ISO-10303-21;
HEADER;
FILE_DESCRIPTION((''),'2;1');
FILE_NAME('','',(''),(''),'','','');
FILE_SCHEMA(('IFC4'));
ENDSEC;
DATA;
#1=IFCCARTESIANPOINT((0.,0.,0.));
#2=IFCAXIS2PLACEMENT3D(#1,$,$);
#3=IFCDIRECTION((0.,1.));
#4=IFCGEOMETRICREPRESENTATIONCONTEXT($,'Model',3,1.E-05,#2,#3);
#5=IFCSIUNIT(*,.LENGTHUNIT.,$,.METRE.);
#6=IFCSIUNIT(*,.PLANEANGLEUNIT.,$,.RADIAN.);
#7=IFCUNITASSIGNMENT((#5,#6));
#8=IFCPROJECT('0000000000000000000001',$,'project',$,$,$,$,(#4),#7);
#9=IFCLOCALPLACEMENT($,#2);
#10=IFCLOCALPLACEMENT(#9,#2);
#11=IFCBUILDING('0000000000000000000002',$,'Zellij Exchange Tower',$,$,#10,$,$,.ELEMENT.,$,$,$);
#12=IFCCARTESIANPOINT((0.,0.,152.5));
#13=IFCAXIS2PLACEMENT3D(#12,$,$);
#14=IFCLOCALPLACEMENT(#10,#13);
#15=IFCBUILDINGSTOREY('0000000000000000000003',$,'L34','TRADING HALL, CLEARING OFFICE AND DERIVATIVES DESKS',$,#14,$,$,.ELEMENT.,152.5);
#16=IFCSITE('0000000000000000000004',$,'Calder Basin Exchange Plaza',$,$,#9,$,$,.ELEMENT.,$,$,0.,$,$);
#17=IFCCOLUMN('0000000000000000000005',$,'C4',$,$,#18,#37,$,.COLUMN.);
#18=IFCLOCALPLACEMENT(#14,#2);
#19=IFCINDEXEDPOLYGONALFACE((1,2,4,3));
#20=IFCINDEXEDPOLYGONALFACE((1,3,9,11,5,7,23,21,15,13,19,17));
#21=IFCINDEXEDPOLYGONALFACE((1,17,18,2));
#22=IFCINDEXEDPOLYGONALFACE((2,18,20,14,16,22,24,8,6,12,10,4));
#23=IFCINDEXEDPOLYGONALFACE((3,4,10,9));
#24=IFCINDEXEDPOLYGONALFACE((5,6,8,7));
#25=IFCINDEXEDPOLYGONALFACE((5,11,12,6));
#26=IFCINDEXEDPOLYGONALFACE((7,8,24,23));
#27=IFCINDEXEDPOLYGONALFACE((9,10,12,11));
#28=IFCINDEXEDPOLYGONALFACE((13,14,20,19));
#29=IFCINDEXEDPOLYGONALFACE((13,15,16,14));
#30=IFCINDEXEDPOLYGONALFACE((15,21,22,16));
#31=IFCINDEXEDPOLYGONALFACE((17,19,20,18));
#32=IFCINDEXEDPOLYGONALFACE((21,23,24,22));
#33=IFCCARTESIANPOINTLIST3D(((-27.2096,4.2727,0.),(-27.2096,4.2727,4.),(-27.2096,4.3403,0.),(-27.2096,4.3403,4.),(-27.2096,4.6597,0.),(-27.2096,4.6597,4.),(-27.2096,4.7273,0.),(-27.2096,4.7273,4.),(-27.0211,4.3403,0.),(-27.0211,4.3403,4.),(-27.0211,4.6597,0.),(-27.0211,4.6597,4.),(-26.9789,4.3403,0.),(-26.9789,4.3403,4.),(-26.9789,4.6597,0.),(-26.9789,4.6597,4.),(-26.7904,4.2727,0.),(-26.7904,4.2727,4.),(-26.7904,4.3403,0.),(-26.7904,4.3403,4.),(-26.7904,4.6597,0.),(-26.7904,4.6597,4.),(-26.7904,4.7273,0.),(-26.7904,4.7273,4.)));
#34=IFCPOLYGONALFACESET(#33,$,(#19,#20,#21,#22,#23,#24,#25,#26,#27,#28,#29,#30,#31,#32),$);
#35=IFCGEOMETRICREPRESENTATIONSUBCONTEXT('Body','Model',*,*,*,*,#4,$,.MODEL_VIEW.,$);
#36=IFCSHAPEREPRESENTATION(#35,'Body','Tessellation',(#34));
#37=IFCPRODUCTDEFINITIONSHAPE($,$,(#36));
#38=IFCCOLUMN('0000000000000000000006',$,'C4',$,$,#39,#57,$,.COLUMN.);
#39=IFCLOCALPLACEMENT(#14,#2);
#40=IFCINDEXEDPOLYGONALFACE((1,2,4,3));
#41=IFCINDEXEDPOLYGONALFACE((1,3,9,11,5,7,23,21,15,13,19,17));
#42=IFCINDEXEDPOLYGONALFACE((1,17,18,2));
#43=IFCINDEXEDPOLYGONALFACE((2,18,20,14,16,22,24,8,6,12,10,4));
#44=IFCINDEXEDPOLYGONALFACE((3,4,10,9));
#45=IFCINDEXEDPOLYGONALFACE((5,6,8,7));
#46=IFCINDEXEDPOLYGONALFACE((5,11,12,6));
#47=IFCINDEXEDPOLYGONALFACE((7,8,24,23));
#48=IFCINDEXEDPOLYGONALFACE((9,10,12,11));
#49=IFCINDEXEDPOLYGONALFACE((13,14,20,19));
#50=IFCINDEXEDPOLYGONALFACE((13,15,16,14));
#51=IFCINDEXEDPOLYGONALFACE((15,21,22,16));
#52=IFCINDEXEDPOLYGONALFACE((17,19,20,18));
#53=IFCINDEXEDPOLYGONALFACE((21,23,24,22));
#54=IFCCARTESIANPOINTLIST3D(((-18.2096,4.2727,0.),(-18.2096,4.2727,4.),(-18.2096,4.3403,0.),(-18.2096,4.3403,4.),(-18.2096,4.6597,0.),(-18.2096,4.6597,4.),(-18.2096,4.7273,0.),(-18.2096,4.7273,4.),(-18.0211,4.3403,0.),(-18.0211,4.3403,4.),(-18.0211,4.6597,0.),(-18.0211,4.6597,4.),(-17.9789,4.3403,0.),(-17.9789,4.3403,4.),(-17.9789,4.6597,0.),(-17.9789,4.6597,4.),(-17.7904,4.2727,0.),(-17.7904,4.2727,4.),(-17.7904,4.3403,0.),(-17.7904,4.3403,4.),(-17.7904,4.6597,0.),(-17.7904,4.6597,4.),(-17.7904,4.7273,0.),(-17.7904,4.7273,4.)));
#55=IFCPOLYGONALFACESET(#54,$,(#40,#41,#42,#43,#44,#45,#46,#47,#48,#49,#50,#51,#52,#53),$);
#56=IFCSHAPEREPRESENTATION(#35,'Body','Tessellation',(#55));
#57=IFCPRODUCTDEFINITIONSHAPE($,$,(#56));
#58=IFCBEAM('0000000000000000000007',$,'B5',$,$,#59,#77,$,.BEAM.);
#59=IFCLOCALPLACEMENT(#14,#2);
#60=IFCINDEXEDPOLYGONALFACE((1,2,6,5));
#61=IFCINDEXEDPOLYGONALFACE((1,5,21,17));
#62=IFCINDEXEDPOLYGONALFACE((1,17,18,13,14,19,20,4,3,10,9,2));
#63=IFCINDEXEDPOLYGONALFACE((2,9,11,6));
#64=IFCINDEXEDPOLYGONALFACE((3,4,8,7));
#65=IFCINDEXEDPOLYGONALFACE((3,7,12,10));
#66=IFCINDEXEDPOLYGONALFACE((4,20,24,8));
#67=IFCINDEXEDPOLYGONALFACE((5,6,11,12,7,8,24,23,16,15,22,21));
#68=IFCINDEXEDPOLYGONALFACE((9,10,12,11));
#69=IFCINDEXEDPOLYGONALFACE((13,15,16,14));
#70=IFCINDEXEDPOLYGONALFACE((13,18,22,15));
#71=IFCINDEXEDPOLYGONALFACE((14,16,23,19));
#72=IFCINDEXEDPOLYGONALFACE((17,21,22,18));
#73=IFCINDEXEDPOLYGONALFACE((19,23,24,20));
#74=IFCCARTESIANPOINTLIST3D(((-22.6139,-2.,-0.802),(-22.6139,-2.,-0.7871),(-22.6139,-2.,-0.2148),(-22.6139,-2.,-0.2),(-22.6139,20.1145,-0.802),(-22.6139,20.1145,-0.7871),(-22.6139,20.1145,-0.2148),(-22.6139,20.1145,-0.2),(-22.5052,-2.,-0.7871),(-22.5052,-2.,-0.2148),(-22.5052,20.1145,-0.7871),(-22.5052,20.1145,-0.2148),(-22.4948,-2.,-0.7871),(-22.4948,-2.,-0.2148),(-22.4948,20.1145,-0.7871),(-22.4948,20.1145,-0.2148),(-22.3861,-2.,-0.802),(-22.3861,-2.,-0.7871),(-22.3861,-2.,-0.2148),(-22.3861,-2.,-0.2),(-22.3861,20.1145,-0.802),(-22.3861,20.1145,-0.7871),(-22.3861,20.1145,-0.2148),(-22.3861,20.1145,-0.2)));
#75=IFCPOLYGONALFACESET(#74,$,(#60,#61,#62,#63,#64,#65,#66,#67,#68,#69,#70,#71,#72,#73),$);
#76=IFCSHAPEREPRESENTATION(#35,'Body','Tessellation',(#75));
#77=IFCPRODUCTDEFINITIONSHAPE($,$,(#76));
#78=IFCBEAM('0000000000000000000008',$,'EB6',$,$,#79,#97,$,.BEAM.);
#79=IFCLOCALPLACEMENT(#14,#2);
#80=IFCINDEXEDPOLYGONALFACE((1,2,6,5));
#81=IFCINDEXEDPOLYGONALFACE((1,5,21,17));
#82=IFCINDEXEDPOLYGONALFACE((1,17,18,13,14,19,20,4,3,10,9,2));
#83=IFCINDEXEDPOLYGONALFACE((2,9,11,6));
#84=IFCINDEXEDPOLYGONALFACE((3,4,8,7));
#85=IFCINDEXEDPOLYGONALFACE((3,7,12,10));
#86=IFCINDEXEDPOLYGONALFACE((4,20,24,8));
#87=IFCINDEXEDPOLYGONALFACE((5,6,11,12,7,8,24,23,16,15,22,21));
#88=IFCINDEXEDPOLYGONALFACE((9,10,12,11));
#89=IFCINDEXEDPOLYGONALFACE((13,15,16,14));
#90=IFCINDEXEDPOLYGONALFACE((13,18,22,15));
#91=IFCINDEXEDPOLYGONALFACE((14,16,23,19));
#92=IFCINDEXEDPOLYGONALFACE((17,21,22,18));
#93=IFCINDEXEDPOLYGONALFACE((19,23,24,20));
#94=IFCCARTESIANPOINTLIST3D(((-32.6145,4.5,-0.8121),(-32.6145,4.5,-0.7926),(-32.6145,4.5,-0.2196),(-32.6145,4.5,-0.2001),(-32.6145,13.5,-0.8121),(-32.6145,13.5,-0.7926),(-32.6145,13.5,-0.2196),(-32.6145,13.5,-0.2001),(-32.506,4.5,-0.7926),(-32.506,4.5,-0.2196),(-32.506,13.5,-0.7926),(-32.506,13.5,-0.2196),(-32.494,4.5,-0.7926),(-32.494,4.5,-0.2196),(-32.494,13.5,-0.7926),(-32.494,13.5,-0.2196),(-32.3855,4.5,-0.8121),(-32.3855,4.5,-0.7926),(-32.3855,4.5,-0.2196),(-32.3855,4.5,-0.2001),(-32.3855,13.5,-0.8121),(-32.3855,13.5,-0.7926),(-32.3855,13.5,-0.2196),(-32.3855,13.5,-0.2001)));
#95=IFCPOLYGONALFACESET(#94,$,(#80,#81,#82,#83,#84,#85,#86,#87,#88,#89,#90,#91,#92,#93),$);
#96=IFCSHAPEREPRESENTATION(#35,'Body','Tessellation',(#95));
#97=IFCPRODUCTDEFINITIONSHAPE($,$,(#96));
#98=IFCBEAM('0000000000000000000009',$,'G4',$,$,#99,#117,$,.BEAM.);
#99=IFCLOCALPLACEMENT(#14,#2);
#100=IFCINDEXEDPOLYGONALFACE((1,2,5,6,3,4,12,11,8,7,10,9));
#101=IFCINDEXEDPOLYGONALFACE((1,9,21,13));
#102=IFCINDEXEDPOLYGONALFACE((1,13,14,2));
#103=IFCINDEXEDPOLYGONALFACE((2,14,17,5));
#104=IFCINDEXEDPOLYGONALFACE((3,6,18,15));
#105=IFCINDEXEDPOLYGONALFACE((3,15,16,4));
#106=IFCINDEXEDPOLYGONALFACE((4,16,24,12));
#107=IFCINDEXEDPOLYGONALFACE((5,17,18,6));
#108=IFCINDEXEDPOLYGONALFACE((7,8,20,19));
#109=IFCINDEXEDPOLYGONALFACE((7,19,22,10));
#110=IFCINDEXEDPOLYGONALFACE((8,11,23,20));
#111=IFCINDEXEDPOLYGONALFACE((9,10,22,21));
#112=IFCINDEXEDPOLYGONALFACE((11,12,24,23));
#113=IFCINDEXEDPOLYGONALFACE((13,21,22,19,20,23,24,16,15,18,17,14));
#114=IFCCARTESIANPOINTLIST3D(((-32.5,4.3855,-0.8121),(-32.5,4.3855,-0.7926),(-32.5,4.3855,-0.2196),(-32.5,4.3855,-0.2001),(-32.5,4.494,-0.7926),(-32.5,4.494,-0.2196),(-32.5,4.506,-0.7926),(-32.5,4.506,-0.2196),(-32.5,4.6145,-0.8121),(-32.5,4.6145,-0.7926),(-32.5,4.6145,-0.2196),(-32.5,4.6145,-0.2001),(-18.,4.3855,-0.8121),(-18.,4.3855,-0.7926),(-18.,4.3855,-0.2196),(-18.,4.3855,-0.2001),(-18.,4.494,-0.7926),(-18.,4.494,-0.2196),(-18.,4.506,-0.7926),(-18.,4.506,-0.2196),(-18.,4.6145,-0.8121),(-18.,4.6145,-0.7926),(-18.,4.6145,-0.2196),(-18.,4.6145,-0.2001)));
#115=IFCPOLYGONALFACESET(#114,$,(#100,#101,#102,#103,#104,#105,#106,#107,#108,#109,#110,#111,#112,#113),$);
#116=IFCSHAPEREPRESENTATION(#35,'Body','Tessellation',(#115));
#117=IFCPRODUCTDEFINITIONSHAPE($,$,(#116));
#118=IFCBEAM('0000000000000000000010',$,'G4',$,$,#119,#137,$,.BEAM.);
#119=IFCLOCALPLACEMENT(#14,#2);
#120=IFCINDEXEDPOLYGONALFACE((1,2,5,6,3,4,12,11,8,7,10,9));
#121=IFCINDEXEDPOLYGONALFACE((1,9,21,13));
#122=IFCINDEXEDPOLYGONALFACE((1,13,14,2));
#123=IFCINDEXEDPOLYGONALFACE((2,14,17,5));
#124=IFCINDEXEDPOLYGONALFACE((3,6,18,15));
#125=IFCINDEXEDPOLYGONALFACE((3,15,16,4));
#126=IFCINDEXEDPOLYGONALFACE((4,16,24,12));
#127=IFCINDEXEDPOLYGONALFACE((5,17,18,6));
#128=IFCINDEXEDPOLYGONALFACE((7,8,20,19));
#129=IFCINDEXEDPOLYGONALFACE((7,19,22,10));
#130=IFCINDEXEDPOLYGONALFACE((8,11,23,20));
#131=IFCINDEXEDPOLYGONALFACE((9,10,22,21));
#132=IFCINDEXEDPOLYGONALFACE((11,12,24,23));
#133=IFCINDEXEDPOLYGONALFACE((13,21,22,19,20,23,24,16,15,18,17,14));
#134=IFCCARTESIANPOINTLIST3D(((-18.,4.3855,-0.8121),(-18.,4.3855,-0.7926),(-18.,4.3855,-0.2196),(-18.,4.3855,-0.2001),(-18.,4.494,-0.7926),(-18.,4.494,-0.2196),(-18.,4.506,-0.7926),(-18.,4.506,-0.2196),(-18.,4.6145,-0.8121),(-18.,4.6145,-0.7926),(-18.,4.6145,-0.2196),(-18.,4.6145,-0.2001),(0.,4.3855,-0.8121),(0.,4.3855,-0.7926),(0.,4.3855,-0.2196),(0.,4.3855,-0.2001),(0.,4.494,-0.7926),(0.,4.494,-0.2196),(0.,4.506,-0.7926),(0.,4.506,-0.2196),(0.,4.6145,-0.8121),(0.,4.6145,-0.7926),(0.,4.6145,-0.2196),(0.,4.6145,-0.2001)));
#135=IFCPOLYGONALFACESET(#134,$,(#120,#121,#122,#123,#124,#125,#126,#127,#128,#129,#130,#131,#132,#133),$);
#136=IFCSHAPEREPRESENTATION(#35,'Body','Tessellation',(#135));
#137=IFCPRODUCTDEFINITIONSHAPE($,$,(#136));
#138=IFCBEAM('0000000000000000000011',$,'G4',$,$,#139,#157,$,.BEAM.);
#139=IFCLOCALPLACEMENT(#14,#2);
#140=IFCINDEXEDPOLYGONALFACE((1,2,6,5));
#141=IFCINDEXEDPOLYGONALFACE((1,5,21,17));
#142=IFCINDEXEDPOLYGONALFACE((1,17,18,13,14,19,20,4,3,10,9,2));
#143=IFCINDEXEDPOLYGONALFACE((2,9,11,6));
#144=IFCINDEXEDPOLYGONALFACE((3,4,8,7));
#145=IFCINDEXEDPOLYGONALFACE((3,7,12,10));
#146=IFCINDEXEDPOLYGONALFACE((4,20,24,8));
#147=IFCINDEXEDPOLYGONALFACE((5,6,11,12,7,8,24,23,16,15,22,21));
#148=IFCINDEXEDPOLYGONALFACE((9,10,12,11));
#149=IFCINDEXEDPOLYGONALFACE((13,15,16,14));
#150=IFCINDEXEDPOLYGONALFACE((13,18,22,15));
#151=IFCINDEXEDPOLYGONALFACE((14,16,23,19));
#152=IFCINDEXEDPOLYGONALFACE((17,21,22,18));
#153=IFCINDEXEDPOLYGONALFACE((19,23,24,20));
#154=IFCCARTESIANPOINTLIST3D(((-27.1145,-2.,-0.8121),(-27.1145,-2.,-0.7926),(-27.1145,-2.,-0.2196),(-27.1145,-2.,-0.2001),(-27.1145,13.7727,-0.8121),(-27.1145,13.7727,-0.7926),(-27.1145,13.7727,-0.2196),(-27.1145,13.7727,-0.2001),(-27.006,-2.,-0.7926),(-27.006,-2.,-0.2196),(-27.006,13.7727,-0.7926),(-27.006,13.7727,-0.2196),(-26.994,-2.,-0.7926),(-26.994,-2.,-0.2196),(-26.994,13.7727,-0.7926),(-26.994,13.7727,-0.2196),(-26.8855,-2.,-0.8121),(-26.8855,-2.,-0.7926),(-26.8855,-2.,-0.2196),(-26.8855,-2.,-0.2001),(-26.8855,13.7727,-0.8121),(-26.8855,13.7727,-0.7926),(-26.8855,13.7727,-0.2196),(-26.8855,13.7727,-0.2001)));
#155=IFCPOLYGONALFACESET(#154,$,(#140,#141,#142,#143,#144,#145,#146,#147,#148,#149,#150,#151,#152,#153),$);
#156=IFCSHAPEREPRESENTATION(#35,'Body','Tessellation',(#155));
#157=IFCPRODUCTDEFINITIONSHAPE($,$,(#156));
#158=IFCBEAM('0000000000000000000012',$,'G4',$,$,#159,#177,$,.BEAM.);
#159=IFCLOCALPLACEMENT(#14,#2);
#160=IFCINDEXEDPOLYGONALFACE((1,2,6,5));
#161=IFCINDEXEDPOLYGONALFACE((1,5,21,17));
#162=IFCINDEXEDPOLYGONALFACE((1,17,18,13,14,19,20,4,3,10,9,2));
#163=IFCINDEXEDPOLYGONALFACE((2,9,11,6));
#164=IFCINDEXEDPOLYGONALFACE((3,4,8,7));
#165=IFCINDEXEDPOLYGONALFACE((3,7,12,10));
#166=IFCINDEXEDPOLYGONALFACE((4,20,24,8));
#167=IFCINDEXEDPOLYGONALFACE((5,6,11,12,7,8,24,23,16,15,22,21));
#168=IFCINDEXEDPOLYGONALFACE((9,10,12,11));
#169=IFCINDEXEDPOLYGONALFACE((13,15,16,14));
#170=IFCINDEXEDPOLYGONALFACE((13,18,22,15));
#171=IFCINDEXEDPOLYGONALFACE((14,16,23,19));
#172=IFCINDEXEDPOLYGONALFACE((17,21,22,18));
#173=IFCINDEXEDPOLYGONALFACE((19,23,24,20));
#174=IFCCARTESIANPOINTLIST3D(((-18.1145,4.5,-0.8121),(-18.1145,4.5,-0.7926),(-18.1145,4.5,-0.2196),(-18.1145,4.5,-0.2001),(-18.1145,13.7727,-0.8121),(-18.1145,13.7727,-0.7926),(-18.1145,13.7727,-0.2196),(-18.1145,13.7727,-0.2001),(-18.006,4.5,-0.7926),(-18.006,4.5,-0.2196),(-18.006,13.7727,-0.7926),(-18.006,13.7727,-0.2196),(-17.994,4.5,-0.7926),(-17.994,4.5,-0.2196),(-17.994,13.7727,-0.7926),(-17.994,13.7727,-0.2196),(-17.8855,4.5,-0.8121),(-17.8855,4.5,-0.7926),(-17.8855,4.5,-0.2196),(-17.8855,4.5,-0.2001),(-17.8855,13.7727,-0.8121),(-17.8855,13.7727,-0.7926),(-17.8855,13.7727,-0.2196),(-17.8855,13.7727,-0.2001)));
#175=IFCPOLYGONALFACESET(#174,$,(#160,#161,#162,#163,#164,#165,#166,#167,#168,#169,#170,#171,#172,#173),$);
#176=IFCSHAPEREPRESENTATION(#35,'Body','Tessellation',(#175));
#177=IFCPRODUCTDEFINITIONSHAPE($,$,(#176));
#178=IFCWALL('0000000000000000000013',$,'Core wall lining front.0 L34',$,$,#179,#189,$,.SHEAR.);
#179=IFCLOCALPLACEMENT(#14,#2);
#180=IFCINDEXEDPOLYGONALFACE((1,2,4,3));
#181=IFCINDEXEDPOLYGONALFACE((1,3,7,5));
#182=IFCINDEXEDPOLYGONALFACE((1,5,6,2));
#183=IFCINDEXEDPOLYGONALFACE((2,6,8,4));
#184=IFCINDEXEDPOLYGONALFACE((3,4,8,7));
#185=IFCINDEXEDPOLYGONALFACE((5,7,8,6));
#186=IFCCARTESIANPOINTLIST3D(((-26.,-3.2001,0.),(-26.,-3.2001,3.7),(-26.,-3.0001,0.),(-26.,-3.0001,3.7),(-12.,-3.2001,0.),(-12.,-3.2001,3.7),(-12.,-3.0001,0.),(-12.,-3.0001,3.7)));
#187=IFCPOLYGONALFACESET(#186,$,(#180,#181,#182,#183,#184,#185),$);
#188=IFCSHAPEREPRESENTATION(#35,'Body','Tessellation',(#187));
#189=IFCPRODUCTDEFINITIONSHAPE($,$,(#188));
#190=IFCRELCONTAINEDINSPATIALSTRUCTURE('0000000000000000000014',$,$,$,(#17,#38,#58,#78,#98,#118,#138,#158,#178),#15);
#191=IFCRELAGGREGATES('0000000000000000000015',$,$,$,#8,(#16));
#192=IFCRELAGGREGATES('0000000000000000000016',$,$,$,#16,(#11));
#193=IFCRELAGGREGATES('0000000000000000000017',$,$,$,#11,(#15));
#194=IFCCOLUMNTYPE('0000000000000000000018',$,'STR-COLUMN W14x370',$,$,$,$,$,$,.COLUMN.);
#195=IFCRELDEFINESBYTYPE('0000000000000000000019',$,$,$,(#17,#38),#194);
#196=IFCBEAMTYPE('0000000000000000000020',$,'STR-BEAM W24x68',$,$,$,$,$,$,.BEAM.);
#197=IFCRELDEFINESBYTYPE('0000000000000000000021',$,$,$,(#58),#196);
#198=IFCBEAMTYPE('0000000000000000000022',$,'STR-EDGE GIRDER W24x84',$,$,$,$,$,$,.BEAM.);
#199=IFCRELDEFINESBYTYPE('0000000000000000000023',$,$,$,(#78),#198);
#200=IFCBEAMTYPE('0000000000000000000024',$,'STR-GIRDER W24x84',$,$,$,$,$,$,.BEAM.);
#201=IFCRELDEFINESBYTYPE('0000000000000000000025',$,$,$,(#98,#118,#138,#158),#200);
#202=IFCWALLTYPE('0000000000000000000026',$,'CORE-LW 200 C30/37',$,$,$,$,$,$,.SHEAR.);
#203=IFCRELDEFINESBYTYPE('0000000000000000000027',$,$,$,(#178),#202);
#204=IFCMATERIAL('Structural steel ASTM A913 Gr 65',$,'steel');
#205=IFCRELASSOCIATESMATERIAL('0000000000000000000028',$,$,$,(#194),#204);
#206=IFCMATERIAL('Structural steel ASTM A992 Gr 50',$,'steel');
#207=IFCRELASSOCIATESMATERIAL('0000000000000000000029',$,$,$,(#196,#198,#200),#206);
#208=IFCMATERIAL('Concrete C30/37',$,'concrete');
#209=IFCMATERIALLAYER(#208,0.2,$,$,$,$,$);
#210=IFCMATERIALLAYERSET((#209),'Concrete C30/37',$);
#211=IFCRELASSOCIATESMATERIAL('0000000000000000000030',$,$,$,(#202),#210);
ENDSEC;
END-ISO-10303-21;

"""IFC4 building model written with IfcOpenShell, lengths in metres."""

from ifc_helpers import new_model, si_unit, direction, frame, frame_2d, origin, origin_2d, place, context, subcontext, project, spatial, rectangle, i_section, extrude, material, layer, layer_set, material_profile, profile_set, type_object, element, save


model = new_model("IFC4")

# Units and contexts
model_context = context("Model", 3, precision=1e-05, world=origin(), true_north=direction((0.0, 1.0)))
body_context = subcontext(model_context, "Body", "Model", "MODEL_VIEW")
ifc_project = project(units=[si_unit("LENGTHUNIT", "METRE"), si_unit("PLANEANGLEUNIT", "RADIAN")], contexts=[model_context])

# Site, building, storey
site_placement = place(None, origin())
site = spatial("IfcSite", under=ifc_project, at=site_placement, Name="Calder Basin Exchange Plaza", CompositionType="ELEMENT", RefElevation=0.0)
building_placement = place(site_placement, origin())
building = spatial("IfcBuilding", under=site, at=building_placement, Name="Zellij Exchange Tower", CompositionType="ELEMENT")
storey_placement = place(building_placement, frame((0.0, 0.0, 152.5)))
storey = spatial("IfcBuildingStorey", under=building, at=storey_placement, Name="L34", Description="TRADING HALL, CLEARING OFFICE AND DERIVATIVES DESKS", CompositionType="ELEMENT", Elevation=152.5)

# Columns
ifc_material_1 = material(Name="Structural steel ASTM A913 Gr 65", Category="steel")
ifc_material_profile_1 = material_profile(ifc_material_1, i_section(OverallWidth=0.4192, OverallDepth=0.4546, WebThickness=0.0422, FlangeThickness=0.0676, at=origin_2d()), Name="W14x370")
ifc_profile_set_1 = profile_set([ifc_material_profile_1], Name="Structural steel ASTM A913 Gr 65")
column_type = type_object("IfcColumnType", Name="STR-COLUMN W14x370", PredefinedType="COLUMN", material=ifc_profile_set_1)
for number, where, z_axis, x_axis, name in (
    (1, (-27.0, 4.5, 0.0), (0.0, 0.0, 1.0), (1.0, 0.0, 0.0), "C4"),
    (2, (-18.0, 4.5, 0.0), (0.0, 0.0, 1.0), (1.0, 0.0, 0.0), "C4"),
):
    element("IfcColumn", number, at=place(storey_placement, frame(where, z_axis=z_axis, x_axis=x_axis)), inside=storey, type_object=column_type, Name=name, PredefinedType="COLUMN", context=body_context, shape_type="SweptSolid", body=[
        extrude(i_section(OverallWidth=0.4192, OverallDepth=0.4546, WebThickness=0.0422, FlangeThickness=0.0676, at=origin_2d()), origin(), (0.0, 0.0, 1.0), 4.0),
    ])

# Beams
ifc_material_2 = material(Name="Structural steel ASTM A992 Gr 50", Category="steel")
ifc_material_profile_2 = material_profile(ifc_material_2, i_section(OverallWidth=0.2278, OverallDepth=0.6021, WebThickness=0.0105, FlangeThickness=0.0149, at=origin_2d()), Name="W24x68")
ifc_profile_set_2 = profile_set([ifc_material_profile_2], Name="Structural steel ASTM A992 Gr 50")
beam_type_1 = type_object("IfcBeamType", Name="STR-BEAM W24x68", PredefinedType="BEAM", material=ifc_profile_set_2)
beam_1_placement = place(storey_placement, frame((-22.5, -2.0, -0.501), z_axis=(0.0, 1.0, 0.0), x_axis=(-1.0, 0.0, 0.0)))
element("IfcBeam", 3, at=beam_1_placement, inside=storey, type_object=beam_type_1, Name="B5", PredefinedType="BEAM", context=body_context, shape_type="SweptSolid", body=[
    extrude(i_section(OverallWidth=0.2278, OverallDepth=0.6021, WebThickness=0.0105, FlangeThickness=0.0149, at=origin_2d()), origin(), (0.0, 0.0, 1.0), 22.1145),
])
ifc_material_profile_3 = material_profile(ifc_material_2, i_section(OverallWidth=0.229, OverallDepth=0.6121, WebThickness=0.012, FlangeThickness=0.0195, at=origin_2d()), Name="W24x84")
ifc_profile_set_3 = profile_set([ifc_material_profile_3], Name="Structural steel ASTM A992 Gr 50")
beam_type_2 = type_object("IfcBeamType", Name="STR-EDGE GIRDER W24x84", PredefinedType="BEAM", material=ifc_profile_set_3)
beam_2_placement = place(storey_placement, frame((-32.5, 4.5, -0.5061), z_axis=(0.0, 1.0, 0.0), x_axis=(-1.0, 0.0, 0.0)))
element("IfcBeam", 4, at=beam_2_placement, inside=storey, type_object=beam_type_2, Name="EB6", PredefinedType="BEAM", context=body_context, shape_type="SweptSolid", body=[
    extrude(i_section(OverallWidth=0.229, OverallDepth=0.6121, WebThickness=0.012, FlangeThickness=0.0195, at=origin_2d()), origin(), (0.0, 0.0, 1.0), 9.0),
])
ifc_material_profile_4 = material_profile(ifc_material_2, i_section(OverallWidth=0.229, OverallDepth=0.6121, WebThickness=0.012, FlangeThickness=0.0195, at=origin_2d()), Name="W24x84")
ifc_profile_set_4 = profile_set([ifc_material_profile_4], Name="Structural steel ASTM A992 Gr 50")
beam_type_3 = type_object("IfcBeamType", Name="STR-GIRDER W24x84", PredefinedType="BEAM", material=ifc_profile_set_4)
beam_3_placement = place(storey_placement, frame((-32.5, 4.5, -0.5061), z_axis=(1.0, 0.0, 0.0), x_axis=(0.0, 1.0, 0.0)))
element("IfcBeam", 5, at=beam_3_placement, inside=storey, type_object=beam_type_3, Name="G4", PredefinedType="BEAM", context=body_context, shape_type="SweptSolid", body=[
    extrude(i_section(OverallWidth=0.229, OverallDepth=0.6121, WebThickness=0.012, FlangeThickness=0.0195, at=origin_2d()), origin(), (0.0, 0.0, 1.0), 14.5),
])
beam_4_placement = place(storey_placement, frame((-18.0, 4.5, -0.5061), z_axis=(1.0, 0.0, 0.0), x_axis=(0.0, 1.0, 0.0)))
element("IfcBeam", 6, at=beam_4_placement, inside=storey, type_object=beam_type_3, Name="G4", PredefinedType="BEAM", context=body_context, shape_type="SweptSolid", body=[
    extrude(i_section(OverallWidth=0.229, OverallDepth=0.6121, WebThickness=0.012, FlangeThickness=0.0195, at=origin_2d()), origin(), (0.0, 0.0, 1.0), 18.0),
])
beam_5_placement = place(storey_placement, frame((-27.0, -2.0, -0.5061), z_axis=(0.0, 1.0, 0.0), x_axis=(-1.0, 0.0, 0.0)))
element("IfcBeam", 7, at=beam_5_placement, inside=storey, type_object=beam_type_3, Name="G4", PredefinedType="BEAM", context=body_context, shape_type="SweptSolid", body=[
    extrude(i_section(OverallWidth=0.229, OverallDepth=0.6121, WebThickness=0.012, FlangeThickness=0.0195, at=origin_2d()), origin(), (0.0, 0.0, 1.0), 15.7727),
])
beam_6_placement = place(storey_placement, frame((-18.0, 4.5, -0.5061), z_axis=(0.0, 1.0, 0.0), x_axis=(-1.0, 0.0, 0.0)))
element("IfcBeam", 8, at=beam_6_placement, inside=storey, type_object=beam_type_3, Name="G4", PredefinedType="BEAM", context=body_context, shape_type="SweptSolid", body=[
    extrude(i_section(OverallWidth=0.229, OverallDepth=0.6121, WebThickness=0.012, FlangeThickness=0.0195, at=origin_2d()), origin(), (0.0, 0.0, 1.0), 9.2727),
])

# Wall
ifc_material_3 = material(Name="Concrete C30/37", Category="concrete")
ifc_layer_1 = layer(ifc_material_3, 0.2)
ifc_layer_set_1 = layer_set([ifc_layer_1], Name="Concrete C30/37")
wall_type_1 = type_object("IfcWallType", Name="CORE-LW 200 C30/37", PredefinedType="SHEAR", material=ifc_layer_set_1)
wall_1_placement = place(storey_placement, frame((-26.0, -3.1001, 0.0), z_axis=(0.0, 0.0, 1.0), x_axis=(1.0, 0.0, 0.0)))
element("IfcWall", 9, at=wall_1_placement, inside=storey, type_object=wall_type_1, Name="Core wall lining front.0 L34", PredefinedType="SHEAR", context=body_context, shape_type="SweptSolid", body=[
    extrude(rectangle(XDim=14.0, YDim=0.2, at=frame_2d((7.0, 0.0))), origin(), (0.0, 0.0, 1.0), 3.7),
])

save(model, "model.ifc")
